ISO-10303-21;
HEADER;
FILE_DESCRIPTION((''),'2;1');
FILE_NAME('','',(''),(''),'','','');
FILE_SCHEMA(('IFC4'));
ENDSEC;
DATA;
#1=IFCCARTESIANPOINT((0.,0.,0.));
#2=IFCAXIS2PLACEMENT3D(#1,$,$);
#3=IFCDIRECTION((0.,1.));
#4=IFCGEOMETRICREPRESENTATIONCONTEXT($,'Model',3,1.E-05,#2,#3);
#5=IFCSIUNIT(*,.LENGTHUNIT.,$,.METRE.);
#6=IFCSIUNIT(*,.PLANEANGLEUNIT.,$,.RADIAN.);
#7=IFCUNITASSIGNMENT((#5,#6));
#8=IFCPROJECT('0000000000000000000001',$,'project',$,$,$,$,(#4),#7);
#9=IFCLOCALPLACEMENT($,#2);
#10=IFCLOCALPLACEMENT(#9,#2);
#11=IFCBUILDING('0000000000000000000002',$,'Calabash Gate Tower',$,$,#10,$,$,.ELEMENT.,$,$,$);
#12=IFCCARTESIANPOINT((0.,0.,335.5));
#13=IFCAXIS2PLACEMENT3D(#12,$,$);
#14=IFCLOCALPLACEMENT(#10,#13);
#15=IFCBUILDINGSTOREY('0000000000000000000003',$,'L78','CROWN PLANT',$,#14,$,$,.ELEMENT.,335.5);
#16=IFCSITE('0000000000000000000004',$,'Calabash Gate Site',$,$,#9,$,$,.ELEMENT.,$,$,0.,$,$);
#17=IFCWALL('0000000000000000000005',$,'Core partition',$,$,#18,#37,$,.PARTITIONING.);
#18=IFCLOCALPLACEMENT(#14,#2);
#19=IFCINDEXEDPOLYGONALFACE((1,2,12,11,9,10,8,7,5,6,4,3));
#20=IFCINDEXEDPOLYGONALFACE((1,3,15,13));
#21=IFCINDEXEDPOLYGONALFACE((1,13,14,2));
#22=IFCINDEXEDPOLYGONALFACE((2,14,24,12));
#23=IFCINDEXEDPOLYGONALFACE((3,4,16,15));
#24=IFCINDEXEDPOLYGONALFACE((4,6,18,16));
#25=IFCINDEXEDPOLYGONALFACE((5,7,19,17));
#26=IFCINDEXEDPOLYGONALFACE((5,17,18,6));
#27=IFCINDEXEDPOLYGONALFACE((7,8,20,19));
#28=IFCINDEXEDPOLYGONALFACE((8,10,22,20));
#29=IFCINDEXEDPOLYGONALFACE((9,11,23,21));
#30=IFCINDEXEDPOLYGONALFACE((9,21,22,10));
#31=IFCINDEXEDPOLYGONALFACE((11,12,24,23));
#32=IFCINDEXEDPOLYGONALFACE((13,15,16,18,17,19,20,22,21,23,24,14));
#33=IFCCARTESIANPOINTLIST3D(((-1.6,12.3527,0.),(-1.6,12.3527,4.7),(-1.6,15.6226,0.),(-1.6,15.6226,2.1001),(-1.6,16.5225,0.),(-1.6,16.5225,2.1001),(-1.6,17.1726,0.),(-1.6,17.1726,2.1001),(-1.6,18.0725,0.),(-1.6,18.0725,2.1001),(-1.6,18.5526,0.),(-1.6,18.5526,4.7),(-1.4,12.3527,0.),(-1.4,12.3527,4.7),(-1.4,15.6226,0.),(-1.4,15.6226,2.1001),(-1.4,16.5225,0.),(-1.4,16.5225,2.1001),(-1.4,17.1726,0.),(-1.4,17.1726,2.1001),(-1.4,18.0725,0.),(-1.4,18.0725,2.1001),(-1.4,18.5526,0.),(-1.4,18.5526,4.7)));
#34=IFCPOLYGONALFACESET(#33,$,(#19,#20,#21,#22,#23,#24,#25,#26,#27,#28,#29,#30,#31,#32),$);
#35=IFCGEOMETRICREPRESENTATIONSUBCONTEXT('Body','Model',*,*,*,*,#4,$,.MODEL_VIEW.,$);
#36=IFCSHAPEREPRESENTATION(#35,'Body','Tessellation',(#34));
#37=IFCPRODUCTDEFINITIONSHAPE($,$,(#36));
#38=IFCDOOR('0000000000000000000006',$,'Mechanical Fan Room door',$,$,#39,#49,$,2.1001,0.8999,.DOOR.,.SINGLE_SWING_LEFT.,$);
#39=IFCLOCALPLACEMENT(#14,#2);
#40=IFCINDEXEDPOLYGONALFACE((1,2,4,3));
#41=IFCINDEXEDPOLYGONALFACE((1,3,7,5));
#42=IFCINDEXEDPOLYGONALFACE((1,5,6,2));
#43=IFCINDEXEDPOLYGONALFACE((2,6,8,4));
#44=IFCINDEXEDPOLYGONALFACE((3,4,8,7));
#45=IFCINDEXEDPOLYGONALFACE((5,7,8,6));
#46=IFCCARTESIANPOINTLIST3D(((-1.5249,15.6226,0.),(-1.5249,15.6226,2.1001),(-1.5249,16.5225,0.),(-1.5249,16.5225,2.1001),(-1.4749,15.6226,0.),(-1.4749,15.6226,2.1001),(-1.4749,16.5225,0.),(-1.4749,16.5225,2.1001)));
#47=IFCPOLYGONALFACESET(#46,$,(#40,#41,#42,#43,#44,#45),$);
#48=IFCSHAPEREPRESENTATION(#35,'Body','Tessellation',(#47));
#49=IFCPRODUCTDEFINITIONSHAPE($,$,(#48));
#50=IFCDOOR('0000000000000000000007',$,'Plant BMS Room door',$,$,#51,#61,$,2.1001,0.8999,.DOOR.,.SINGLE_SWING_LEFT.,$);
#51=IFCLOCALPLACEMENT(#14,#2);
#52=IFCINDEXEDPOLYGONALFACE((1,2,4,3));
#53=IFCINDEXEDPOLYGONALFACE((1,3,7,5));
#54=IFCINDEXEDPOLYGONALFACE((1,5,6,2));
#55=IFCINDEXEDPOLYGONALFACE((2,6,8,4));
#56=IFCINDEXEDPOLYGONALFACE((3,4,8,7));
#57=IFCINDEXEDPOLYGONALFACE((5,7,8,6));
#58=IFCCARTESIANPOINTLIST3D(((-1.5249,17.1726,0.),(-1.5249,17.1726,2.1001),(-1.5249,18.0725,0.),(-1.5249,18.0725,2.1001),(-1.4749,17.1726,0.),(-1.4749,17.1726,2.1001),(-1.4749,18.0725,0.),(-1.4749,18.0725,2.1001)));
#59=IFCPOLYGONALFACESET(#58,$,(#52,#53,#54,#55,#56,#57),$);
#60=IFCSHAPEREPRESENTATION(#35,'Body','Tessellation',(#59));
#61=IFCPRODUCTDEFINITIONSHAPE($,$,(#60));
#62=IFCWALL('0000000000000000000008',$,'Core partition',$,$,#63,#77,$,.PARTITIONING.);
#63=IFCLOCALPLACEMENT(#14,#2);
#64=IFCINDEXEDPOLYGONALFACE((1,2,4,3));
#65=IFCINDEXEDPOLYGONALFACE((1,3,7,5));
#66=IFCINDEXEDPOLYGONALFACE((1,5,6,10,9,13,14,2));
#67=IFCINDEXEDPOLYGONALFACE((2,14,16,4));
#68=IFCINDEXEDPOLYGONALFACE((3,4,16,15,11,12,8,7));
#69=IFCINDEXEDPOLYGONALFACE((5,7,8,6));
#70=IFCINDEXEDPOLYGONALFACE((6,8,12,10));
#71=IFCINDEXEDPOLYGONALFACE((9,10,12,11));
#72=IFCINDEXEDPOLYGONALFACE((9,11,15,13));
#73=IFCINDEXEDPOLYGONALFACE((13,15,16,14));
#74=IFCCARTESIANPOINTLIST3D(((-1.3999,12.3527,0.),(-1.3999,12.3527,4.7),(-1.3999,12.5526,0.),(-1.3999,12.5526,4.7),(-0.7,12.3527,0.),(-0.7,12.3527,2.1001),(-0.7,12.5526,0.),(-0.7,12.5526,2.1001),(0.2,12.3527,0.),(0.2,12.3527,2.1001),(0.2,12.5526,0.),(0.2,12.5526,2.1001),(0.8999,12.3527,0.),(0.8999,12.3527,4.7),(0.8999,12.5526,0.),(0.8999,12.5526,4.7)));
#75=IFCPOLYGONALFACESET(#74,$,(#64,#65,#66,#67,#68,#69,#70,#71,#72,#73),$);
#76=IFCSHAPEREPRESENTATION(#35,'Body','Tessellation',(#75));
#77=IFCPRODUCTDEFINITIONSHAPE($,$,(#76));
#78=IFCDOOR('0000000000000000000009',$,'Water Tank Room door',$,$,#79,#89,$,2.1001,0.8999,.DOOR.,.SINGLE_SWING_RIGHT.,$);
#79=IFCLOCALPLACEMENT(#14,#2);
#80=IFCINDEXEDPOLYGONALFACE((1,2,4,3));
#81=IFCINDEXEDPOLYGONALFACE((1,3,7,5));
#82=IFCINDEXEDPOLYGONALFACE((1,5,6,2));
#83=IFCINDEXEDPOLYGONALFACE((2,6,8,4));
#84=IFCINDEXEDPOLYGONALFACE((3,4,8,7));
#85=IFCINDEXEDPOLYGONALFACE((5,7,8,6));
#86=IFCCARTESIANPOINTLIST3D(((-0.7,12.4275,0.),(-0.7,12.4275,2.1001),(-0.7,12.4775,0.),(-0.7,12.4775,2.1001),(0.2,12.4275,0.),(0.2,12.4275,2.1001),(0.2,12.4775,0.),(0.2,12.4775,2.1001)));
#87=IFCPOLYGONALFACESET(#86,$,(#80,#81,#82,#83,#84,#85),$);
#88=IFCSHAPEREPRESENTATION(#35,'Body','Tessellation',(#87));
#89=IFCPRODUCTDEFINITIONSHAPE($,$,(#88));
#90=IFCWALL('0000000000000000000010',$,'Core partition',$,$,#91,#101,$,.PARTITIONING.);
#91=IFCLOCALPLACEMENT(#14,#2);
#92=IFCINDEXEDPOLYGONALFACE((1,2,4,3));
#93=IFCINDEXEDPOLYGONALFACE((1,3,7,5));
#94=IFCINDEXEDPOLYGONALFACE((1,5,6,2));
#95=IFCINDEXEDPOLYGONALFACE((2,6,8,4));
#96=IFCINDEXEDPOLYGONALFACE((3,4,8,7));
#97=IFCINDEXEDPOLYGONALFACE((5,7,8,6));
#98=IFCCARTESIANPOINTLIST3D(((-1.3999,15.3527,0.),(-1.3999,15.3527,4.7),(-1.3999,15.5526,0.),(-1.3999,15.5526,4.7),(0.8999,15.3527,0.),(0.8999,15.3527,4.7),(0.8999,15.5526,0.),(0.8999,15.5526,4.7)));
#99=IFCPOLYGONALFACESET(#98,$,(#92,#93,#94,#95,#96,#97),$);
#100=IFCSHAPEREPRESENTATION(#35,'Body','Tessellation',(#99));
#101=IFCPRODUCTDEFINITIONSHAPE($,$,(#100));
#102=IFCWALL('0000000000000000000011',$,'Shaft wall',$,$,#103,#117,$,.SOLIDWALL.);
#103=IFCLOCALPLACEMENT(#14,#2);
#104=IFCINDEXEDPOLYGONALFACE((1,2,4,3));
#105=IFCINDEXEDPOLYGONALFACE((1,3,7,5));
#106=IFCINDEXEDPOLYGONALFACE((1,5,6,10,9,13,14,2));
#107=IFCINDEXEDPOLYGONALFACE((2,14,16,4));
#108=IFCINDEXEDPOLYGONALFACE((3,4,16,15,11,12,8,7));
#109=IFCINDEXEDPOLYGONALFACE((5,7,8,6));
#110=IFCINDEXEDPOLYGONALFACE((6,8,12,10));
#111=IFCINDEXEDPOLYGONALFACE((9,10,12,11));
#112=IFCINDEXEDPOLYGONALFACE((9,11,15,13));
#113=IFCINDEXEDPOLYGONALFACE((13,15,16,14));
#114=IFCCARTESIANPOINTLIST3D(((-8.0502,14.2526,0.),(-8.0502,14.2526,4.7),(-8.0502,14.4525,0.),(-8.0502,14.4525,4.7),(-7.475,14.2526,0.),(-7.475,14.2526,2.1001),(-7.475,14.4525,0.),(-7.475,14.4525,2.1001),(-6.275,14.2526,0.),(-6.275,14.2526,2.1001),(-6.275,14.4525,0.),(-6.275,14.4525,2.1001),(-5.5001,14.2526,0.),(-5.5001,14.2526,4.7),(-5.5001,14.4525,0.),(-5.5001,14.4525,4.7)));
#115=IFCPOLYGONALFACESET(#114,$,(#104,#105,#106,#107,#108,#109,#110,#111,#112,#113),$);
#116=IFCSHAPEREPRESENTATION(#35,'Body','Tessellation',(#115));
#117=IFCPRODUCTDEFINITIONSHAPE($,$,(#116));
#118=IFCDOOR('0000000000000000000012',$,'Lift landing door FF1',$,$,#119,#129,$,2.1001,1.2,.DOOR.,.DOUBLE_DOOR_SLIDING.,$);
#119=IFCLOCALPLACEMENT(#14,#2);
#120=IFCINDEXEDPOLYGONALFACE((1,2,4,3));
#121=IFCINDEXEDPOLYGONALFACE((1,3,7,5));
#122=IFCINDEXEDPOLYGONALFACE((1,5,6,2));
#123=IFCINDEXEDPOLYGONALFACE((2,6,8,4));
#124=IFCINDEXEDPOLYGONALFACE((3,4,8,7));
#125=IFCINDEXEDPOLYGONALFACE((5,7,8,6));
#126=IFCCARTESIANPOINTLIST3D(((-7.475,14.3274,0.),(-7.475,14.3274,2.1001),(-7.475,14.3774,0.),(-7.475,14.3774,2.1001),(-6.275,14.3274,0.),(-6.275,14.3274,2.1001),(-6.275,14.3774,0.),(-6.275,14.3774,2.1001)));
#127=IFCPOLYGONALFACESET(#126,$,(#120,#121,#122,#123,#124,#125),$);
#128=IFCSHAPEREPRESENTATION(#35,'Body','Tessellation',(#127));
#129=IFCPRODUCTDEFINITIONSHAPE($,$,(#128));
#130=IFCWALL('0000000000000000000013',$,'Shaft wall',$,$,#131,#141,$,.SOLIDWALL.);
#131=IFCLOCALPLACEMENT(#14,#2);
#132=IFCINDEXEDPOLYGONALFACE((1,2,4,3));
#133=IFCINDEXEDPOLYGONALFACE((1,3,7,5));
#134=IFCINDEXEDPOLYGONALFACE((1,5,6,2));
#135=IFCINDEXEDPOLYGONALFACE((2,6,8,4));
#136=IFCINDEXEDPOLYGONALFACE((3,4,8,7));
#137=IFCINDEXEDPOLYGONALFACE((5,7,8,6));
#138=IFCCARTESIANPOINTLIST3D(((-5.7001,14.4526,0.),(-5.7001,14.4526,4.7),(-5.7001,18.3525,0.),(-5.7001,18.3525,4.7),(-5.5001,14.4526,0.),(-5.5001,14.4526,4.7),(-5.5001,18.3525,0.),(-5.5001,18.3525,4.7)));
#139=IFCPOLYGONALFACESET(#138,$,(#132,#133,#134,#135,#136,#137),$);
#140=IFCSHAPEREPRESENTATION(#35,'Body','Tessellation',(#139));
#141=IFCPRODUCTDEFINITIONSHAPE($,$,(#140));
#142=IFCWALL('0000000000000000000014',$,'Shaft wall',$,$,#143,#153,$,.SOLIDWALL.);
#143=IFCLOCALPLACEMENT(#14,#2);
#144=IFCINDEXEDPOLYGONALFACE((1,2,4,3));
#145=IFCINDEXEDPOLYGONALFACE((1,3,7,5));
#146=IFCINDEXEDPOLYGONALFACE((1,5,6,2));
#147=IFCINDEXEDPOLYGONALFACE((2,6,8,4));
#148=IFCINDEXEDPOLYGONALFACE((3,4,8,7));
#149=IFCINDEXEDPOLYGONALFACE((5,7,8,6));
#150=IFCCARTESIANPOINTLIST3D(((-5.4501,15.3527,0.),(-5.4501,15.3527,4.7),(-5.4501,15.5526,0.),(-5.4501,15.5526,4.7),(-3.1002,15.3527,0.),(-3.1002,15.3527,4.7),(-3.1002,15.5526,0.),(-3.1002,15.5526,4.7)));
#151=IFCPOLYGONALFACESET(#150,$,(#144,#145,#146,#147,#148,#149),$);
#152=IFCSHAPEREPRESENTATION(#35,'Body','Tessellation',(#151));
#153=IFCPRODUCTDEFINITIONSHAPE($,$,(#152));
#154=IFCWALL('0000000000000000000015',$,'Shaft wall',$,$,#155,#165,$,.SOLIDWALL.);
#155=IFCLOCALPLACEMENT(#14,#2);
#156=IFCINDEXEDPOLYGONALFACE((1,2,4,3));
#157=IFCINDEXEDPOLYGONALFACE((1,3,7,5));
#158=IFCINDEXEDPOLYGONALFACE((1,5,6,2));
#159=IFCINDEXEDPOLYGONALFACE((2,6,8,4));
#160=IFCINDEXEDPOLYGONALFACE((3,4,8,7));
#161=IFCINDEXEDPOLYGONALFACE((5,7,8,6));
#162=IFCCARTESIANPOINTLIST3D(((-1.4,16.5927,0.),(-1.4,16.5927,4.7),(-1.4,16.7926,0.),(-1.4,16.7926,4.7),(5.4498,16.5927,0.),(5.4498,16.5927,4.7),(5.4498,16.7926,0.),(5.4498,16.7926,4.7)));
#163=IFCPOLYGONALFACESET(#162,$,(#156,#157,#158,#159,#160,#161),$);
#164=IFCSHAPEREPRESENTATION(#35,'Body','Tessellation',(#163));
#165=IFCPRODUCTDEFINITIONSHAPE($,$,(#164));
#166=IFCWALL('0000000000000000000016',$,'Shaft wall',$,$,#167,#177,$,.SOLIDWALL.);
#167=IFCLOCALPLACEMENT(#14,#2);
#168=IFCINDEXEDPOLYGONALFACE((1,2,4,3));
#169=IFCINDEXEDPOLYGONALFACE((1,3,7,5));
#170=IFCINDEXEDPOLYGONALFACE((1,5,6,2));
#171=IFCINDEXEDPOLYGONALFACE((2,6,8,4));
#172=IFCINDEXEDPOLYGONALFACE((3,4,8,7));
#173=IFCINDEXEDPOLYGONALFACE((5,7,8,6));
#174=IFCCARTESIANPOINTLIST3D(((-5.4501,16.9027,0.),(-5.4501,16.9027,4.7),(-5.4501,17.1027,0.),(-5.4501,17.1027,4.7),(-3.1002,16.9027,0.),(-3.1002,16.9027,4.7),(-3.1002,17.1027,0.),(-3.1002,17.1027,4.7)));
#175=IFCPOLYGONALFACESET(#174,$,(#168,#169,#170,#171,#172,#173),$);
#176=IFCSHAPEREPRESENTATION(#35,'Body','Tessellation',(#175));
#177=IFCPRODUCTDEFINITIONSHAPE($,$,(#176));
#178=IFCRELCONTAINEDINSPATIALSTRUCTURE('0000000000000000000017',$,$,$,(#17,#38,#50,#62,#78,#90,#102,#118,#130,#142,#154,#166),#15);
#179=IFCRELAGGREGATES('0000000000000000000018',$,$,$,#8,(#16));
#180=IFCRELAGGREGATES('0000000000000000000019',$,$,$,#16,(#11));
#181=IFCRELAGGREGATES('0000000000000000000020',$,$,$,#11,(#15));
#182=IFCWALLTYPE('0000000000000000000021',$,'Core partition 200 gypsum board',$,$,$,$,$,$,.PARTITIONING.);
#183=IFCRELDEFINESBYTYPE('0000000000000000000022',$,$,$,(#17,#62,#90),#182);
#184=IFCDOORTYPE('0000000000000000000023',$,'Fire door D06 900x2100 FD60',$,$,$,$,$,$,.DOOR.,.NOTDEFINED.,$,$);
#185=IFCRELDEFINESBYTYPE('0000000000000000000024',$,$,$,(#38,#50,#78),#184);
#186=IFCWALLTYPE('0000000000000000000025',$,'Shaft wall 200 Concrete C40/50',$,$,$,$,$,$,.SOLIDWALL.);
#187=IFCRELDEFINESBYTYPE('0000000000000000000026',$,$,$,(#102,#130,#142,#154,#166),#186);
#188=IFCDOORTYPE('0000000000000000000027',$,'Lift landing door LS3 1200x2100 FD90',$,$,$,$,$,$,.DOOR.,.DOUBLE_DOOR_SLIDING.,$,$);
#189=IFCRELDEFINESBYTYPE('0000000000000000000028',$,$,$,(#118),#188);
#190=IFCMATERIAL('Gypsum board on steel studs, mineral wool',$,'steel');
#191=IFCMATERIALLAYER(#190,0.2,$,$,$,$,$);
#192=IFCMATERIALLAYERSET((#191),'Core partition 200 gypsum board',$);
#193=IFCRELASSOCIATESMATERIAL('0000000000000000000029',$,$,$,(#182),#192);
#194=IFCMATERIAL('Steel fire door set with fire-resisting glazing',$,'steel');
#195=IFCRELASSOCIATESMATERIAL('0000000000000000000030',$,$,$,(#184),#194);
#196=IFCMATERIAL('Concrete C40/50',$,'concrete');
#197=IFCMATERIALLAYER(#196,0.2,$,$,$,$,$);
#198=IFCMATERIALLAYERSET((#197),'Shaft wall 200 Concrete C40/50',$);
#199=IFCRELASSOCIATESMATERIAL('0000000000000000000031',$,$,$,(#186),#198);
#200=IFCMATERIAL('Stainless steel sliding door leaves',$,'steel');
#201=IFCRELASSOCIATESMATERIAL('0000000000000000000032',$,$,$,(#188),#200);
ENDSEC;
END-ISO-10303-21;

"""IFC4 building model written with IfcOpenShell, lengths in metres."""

from ifc_helpers import new_model, si_unit, direction, frame, frame_2d, origin, place, context, subcontext, project, spatial, rectangle, extrude, material, layer, layer_set, type_object, element, fill, save


model = new_model("IFC4")

# Units and contexts
model_context = context("Model", 3, precision=1e-05, world=origin(), true_north=direction((0.0, 1.0)))
body_context = subcontext(model_context, "Body", "Model", "MODEL_VIEW")
ifc_project = project(units=[si_unit("LENGTHUNIT", "METRE"), si_unit("PLANEANGLEUNIT", "RADIAN")], contexts=[model_context])

# Site, building, storey
site_placement = place(None, origin())
site = spatial("IfcSite", under=ifc_project, at=site_placement, Name="Calabash Gate Site", CompositionType="ELEMENT", RefElevation=0.0)
building_placement = place(site_placement, origin())
building = spatial("IfcBuilding", under=site, at=building_placement, Name="Calabash Gate Tower", CompositionType="ELEMENT")
storey_placement = place(building_placement, frame((0.0, 0.0, 335.5)))
storey = spatial("IfcBuildingStorey", under=building, at=storey_placement, Name="L78", Description="CROWN PLANT", CompositionType="ELEMENT", Elevation=335.5)

# Shared definitions
ifc_material_1 = material(Name="Gypsum board on steel studs, mineral wool", Category="steel")
ifc_layer_1 = layer(ifc_material_1, 0.2)
ifc_layer_set_1 = layer_set([ifc_layer_1], Name="Core partition 200 gypsum board")
wall_type_1 = type_object("IfcWallType", Name="Core partition 200 gypsum board", PredefinedType="PARTITIONING", material=ifc_layer_set_1)
ifc_material_2 = material(Name="Steel fire door set with fire-resisting glazing", Category="steel")
door_type_1 = type_object("IfcDoorType", Name="Fire door D06 900x2100 FD60", OperationType="NOTDEFINED", PredefinedType="DOOR", material=ifc_material_2)

# Wall, openings, doors
wall_1_placement = place(storey_placement, frame((-1.5, 12.3525, 0.0), z_axis=(0.0, 0.0, 1.0), x_axis=(0.0, 1.0, 0.0)))
wall_1 = element("IfcWall", 1, at=wall_1_placement, inside=storey, type_object=wall_type_1, Name="Core partition", PredefinedType="PARTITIONING", context=body_context, shape_type="SweptSolid", body=[
    extrude(rectangle(XDim=6.2, YDim=0.2, at=frame_2d((3.1001, 0.0))), origin(), (0.0, 0.0, 1.0), 4.7),
])
opening_1_placement = place(wall_1_placement, frame((3.27, 0.0, 0.0)))
opening_1 = element("IfcOpeningElement", 2, at=opening_1_placement, cuts=wall_1, PredefinedType="OPENING", context=body_context, shape_type="SweptSolid", body=[
    extrude(rectangle(XDim=0.8999, YDim=2.1001, at=frame_2d((0.45, 1.05))), frame((0.0, 0.1099, 0.0), z_axis=(0.0, -1.0, 0.0), x_axis=(1.0, 0.0, 0.0)), (0.0, 0.0, 1.0), 0.22),
])
opening_2_placement = place(wall_1_placement, frame((4.8201, 0.0, 0.0)))
opening_2 = element("IfcOpeningElement", 3, at=opening_2_placement, cuts=wall_1, PredefinedType="OPENING", context=body_context, shape_type="SweptSolid", body=[
    extrude(rectangle(XDim=0.8999, YDim=2.1001, at=frame_2d((0.45, 1.05))), frame((0.0, 0.1099, 0.0), z_axis=(0.0, -1.0, 0.0), x_axis=(1.0, 0.0, 0.0)), (0.0, 0.0, 1.0), 0.22),
])
door_1_placement = place(opening_1_placement, origin())
door_1 = element("IfcDoor", 4, at=door_1_placement, inside=storey, type_object=door_type_1, Name="Mechanical Fan Room door", OperationType="SINGLE_SWING_LEFT", OverallHeight=2.1001, OverallWidth=0.8999, PredefinedType="DOOR", context=body_context, shape_type="SweptSolid", body=[
    extrude(rectangle(XDim=0.8999, YDim=2.1001, at=frame_2d((0.45, 1.05))), frame((0.0, 0.0249, 0.0), z_axis=(0.0, -1.0, 0.0), x_axis=(1.0, 0.0, 0.0)), (0.0, 0.0, 1.0), 0.05),
])
fill(opening_1, door_1)
door_2_placement = place(opening_2_placement, origin())
door_2 = element("IfcDoor", 5, at=door_2_placement, inside=storey, type_object=door_type_1, Name="Plant BMS Room door", OperationType="SINGLE_SWING_LEFT", OverallHeight=2.1001, OverallWidth=0.8999, PredefinedType="DOOR", context=body_context, shape_type="SweptSolid", body=[
    extrude(rectangle(XDim=0.8999, YDim=2.1001, at=frame_2d((0.45, 1.05))), frame((0.0, 0.0249, 0.0), z_axis=(0.0, -1.0, 0.0), x_axis=(1.0, 0.0, 0.0)), (0.0, 0.0, 1.0), 0.05),
])
fill(opening_2, door_2)

# Wall, opening, door
wall_2_placement = place(storey_placement, frame((-1.3999, 12.4526, 0.0), z_axis=(0.0, 0.0, 1.0), x_axis=(1.0, 0.0, 0.0)))
wall_2 = element("IfcWall", 6, at=wall_2_placement, inside=storey, type_object=wall_type_1, Name="Core partition", PredefinedType="PARTITIONING", context=body_context, shape_type="SweptSolid", body=[
    extrude(rectangle(XDim=2.2998, YDim=0.2, at=frame_2d((1.1499, 0.0))), origin(), (0.0, 0.0, 1.0), 4.7),
])
opening_3_placement = place(wall_2_placement, frame((0.7, 0.0, 0.0)))
opening_3 = element("IfcOpeningElement", 7, at=opening_3_placement, cuts=wall_2, PredefinedType="OPENING", context=body_context, shape_type="SweptSolid", body=[
    extrude(rectangle(XDim=0.8999, YDim=2.1001, at=frame_2d((0.45, 1.05))), frame((0.0, 0.1099, 0.0), z_axis=(0.0, -1.0, 0.0), x_axis=(1.0, 0.0, 0.0)), (0.0, 0.0, 1.0), 0.22),
])
door_3_placement = place(opening_3_placement, origin())
door_3 = element("IfcDoor", 8, at=door_3_placement, inside=storey, type_object=door_type_1, Name="Water Tank Room door", OperationType="SINGLE_SWING_RIGHT", OverallHeight=2.1001, OverallWidth=0.8999, PredefinedType="DOOR", context=body_context, shape_type="SweptSolid", body=[
    extrude(rectangle(XDim=0.8999, YDim=2.1001, at=frame_2d((0.45, 1.05))), frame((0.0, 0.0249, 0.0), z_axis=(0.0, -1.0, 0.0), x_axis=(1.0, 0.0, 0.0)), (0.0, 0.0, 1.0), 0.05),
])
fill(opening_3, door_3)

# Wall
wall_3_placement = place(storey_placement, frame((-1.3999, 15.4526, 0.0), z_axis=(0.0, 0.0, 1.0), x_axis=(1.0, 0.0, 0.0)))
element("IfcWall", 9, at=wall_3_placement, inside=storey, type_object=wall_type_1, Name="Core partition", PredefinedType="PARTITIONING", context=body_context, shape_type="SweptSolid", body=[
    extrude(rectangle(XDim=2.2998, YDim=0.2, at=frame_2d((1.1499, 0.0))), origin(), (0.0, 0.0, 1.0), 4.7),
])

# Wall, opening, door
ifc_material_3 = material(Name="Concrete C40/50", Category="concrete")
ifc_layer_2 = layer(ifc_material_3, 0.2)
ifc_layer_set_2 = layer_set([ifc_layer_2], Name="Shaft wall 200 Concrete C40/50")
wall_type_2 = type_object("IfcWallType", Name="Shaft wall 200 Concrete C40/50", PredefinedType="SOLIDWALL", material=ifc_layer_set_2)
wall_4_placement = place(storey_placement, frame((-8.05, 14.3525, 0.0), z_axis=(0.0, 0.0, 1.0), x_axis=(1.0, 0.0, 0.0)))
wall_4 = element("IfcWall", 10, at=wall_4_placement, inside=storey, type_object=wall_type_2, Name="Shaft wall", PredefinedType="SOLIDWALL", context=body_context, shape_type="SweptSolid", body=[
    extrude(rectangle(XDim=2.55, YDim=0.2, at=frame_2d((1.2749, 0.0))), origin(), (0.0, 0.0, 1.0), 4.7),
])
opening_4_placement = place(wall_4_placement, frame((0.575, 0.0, 0.0)))
opening_4 = element("IfcOpeningElement", 11, at=opening_4_placement, cuts=wall_4, PredefinedType="OPENING", context=body_context, shape_type="SweptSolid", body=[
    extrude(rectangle(XDim=1.2, YDim=2.1001, at=frame_2d((0.6001, 1.05))), frame((0.0, 0.1099, 0.0), z_axis=(0.0, -1.0, 0.0), x_axis=(1.0, 0.0, 0.0)), (0.0, 0.0, 1.0), 0.22),
])
ifc_material_4 = material(Name="Stainless steel sliding door leaves", Category="steel")
door_type_2 = type_object("IfcDoorType", Name="Lift landing door LS3 1200x2100 FD90", OperationType="DOUBLE_DOOR_SLIDING", PredefinedType="DOOR", material=ifc_material_4)
door_4_placement = place(opening_4_placement, origin())
door_4 = element("IfcDoor", 12, at=door_4_placement, inside=storey, type_object=door_type_2, Name="Lift landing door FF1", OperationType="DOUBLE_DOOR_SLIDING", OverallHeight=2.1001, OverallWidth=1.2, PredefinedType="DOOR", context=body_context, shape_type="SweptSolid", body=[
    extrude(rectangle(XDim=1.2, YDim=2.1001, at=frame_2d((0.6001, 1.05))), frame((0.0, 0.0249, 0.0), z_axis=(0.0, -1.0, 0.0), x_axis=(1.0, 0.0, 0.0)), (0.0, 0.0, 1.0), 0.05),
])
fill(opening_4, door_4)

# Walls
wall_5_placement = place(storey_placement, frame((-5.6001, 14.4526, 0.0), z_axis=(0.0, 0.0, 1.0), x_axis=(0.0, 1.0, 0.0)))
element("IfcWall", 13, at=wall_5_placement, inside=storey, type_object=wall_type_2, Name="Shaft wall", PredefinedType="SOLIDWALL", context=body_context, shape_type="SweptSolid", body=[
    extrude(rectangle(XDim=3.8999, YDim=0.2, at=frame_2d((1.95, 0.0))), origin(), (0.0, 0.0, 1.0), 4.7),
])
wall_6_placement = place(storey_placement, frame((-5.45, 15.4526, 0.0), z_axis=(0.0, 0.0, 1.0), x_axis=(1.0, 0.0, 0.0)))
element("IfcWall", 14, at=wall_6_placement, inside=storey, type_object=wall_type_2, Name="Shaft wall", PredefinedType="SOLIDWALL", context=body_context, shape_type="SweptSolid", body=[
    extrude(rectangle(XDim=2.3499, YDim=0.2, at=frame_2d((1.1748, 0.0))), origin(), (0.0, 0.0, 1.0), 4.7),
])
wall_7_placement = place(storey_placement, frame((-1.3999, 16.6926, 0.0), z_axis=(0.0, 0.0, 1.0), x_axis=(1.0, 0.0, 0.0)))
element("IfcWall", 15, at=wall_7_placement, inside=storey, type_object=wall_type_2, Name="Shaft wall", PredefinedType="SOLIDWALL", context=body_context, shape_type="SweptSolid", body=[
    extrude(rectangle(XDim=6.8499, YDim=0.2, at=frame_2d((3.4248, 0.0))), origin(), (0.0, 0.0, 1.0), 4.7),
])
wall_8_placement = place(storey_placement, frame((-5.45, 17.0027, 0.0), z_axis=(0.0, 0.0, 1.0), x_axis=(1.0, 0.0, 0.0)))
element("IfcWall", 16, at=wall_8_placement, inside=storey, type_object=wall_type_2, Name="Shaft wall", PredefinedType="SOLIDWALL", context=body_context, shape_type="SweptSolid", body=[
    extrude(rectangle(XDim=2.3499, YDim=0.2, at=frame_2d((1.1748, 0.0))), origin(), (0.0, 0.0, 1.0), 4.7),
])

save(model, "model.ifc")
